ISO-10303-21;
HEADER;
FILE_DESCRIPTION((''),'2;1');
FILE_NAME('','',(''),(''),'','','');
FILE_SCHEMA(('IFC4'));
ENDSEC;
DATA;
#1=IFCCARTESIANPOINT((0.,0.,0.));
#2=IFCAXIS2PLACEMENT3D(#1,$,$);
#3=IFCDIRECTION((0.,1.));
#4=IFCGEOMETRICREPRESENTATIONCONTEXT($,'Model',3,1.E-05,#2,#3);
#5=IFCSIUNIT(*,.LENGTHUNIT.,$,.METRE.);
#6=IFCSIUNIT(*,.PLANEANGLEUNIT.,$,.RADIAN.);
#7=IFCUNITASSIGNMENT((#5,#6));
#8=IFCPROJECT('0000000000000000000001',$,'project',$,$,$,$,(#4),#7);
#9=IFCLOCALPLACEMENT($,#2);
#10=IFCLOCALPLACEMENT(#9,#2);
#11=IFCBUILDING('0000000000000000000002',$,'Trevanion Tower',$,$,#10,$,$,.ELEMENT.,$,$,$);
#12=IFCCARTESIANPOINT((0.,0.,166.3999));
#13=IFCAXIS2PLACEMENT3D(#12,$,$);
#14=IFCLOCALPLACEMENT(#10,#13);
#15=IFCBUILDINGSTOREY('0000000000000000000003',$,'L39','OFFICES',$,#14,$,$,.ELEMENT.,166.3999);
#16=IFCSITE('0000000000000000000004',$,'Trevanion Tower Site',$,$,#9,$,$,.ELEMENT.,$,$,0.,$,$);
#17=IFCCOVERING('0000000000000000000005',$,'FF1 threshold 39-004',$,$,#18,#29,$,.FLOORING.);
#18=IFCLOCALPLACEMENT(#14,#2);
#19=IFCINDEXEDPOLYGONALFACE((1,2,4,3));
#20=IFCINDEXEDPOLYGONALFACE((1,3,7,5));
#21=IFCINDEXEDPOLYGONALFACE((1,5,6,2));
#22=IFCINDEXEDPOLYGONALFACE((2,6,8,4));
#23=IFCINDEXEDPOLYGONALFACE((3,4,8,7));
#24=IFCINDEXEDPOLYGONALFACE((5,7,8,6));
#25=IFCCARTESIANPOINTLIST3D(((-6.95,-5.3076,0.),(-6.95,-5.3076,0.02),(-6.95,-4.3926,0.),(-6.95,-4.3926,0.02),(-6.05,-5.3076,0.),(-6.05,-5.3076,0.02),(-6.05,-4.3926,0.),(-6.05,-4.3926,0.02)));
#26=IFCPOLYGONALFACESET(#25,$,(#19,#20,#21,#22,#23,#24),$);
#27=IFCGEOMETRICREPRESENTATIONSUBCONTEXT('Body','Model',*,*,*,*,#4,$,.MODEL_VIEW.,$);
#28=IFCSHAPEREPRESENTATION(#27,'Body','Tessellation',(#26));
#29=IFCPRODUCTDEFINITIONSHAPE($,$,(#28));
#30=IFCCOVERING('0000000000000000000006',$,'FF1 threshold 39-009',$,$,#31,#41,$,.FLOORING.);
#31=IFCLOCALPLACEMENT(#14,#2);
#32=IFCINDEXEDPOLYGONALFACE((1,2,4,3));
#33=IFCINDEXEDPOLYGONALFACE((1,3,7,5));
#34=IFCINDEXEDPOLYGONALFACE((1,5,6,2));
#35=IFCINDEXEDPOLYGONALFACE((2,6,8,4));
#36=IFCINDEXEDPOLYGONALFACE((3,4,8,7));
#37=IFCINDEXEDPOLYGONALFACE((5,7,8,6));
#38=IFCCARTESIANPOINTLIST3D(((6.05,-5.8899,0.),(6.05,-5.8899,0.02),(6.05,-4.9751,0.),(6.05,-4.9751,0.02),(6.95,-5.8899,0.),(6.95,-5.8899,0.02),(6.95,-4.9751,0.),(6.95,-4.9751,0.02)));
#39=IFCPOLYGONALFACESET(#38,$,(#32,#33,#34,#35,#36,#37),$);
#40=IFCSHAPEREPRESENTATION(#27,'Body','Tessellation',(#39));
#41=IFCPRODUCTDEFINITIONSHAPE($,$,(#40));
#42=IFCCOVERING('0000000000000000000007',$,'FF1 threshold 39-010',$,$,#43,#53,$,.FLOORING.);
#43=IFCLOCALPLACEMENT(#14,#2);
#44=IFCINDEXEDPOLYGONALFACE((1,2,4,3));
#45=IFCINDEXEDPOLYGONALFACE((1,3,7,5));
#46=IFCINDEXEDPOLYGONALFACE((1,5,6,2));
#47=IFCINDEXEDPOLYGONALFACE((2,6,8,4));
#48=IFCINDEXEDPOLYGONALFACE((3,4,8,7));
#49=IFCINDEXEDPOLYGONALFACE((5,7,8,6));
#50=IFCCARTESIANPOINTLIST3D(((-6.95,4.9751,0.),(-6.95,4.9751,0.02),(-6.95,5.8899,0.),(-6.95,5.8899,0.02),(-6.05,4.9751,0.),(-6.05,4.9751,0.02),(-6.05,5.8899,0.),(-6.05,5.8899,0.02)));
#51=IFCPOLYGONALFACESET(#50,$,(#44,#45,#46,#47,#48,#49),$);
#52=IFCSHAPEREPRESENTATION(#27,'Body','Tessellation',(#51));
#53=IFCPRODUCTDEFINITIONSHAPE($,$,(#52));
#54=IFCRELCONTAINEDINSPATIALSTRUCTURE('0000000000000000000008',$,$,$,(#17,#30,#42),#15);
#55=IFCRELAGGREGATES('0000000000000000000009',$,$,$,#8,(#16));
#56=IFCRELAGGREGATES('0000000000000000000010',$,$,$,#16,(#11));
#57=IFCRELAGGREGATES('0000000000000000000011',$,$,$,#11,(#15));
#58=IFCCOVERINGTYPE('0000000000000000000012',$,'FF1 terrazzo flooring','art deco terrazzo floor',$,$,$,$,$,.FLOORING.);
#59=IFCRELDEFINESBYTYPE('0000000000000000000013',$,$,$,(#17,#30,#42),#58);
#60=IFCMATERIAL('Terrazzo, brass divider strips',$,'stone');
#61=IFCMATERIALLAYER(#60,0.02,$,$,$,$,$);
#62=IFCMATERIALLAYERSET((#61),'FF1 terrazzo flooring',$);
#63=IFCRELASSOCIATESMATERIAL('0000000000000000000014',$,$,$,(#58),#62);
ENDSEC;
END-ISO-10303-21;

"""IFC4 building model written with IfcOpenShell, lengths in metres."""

from ifc_helpers import new_model, si_unit, direction, frame, origin, place, context, subcontext, project, spatial, polyline, outline, extrude, material, layer, layer_set, type_object, element, save


model = new_model("IFC4")

# Units and contexts
model_context = context("Model", 3, precision=1e-05, world=origin(), true_north=direction((0.0, 1.0)))
body_context = subcontext(model_context, "Body", "Model", "MODEL_VIEW")
ifc_project = project(units=[si_unit("LENGTHUNIT", "METRE"), si_unit("PLANEANGLEUNIT", "RADIAN")], contexts=[model_context])

# Site, building, storey
site_placement = place(None, origin())
site = spatial("IfcSite", under=ifc_project, at=site_placement, Name="Trevanion Tower Site", CompositionType="ELEMENT", RefElevation=0.0)
building_placement = place(site_placement, origin())
building = spatial("IfcBuilding", under=site, at=building_placement, Name="Trevanion Tower", CompositionType="ELEMENT")
storey_placement = place(building_placement, frame((0.0, 0.0, 166.3999)))
storey = spatial("IfcBuildingStorey", under=building, at=storey_placement, Name="L39", Description="OFFICES", CompositionType="ELEMENT", Elevation=166.3999)

# Coverings
ifc_material_1 = material(Name="Terrazzo, brass divider strips", Category="stone")
ifc_layer_1 = layer(ifc_material_1, 0.02)
ifc_layer_set_1 = layer_set([ifc_layer_1], Name="FF1 terrazzo flooring")
covering_type = type_object("IfcCoveringType", Name="FF1 terrazzo flooring", Description="art deco terrazzo floor", PredefinedType="FLOORING", material=ifc_layer_set_1)
covering_1_placement = place(storey_placement, origin())
element("IfcCovering", 1, at=covering_1_placement, inside=storey, type_object=covering_type, Name="FF1 threshold 39-004", PredefinedType="FLOORING", context=body_context, shape_type="SweptSolid", body=[
    extrude(outline(polyline([(-6.95, -4.3926), (-6.95, -5.3076), (-6.05, -5.3076), (-6.05, -4.3926), (-6.95, -4.3926)])), origin(), (0.0, 0.0, 1.0), 0.02),
])
covering_2_placement = place(storey_placement, origin())
element("IfcCovering", 2, at=covering_2_placement, inside=storey, type_object=covering_type, Name="FF1 threshold 39-009", PredefinedType="FLOORING", context=body_context, shape_type="SweptSolid", body=[
    extrude(outline(polyline([(6.95, -5.8899), (6.95, -4.9751), (6.05, -4.9751), (6.05, -5.8899), (6.95, -5.8899)])), origin(), (0.0, 0.0, 1.0), 0.02),
])
covering_3_placement = place(storey_placement, origin())
element("IfcCovering", 3, at=covering_3_placement, inside=storey, type_object=covering_type, Name="FF1 threshold 39-010", PredefinedType="FLOORING", context=body_context, shape_type="SweptSolid", body=[
    extrude(outline(polyline([(-6.95, 5.8899), (-6.95, 4.9751), (-6.05, 4.9751), (-6.05, 5.8899), (-6.95, 5.8899)])), origin(), (0.0, 0.0, 1.0), 0.02),
])

save(model, "model.ifc")
